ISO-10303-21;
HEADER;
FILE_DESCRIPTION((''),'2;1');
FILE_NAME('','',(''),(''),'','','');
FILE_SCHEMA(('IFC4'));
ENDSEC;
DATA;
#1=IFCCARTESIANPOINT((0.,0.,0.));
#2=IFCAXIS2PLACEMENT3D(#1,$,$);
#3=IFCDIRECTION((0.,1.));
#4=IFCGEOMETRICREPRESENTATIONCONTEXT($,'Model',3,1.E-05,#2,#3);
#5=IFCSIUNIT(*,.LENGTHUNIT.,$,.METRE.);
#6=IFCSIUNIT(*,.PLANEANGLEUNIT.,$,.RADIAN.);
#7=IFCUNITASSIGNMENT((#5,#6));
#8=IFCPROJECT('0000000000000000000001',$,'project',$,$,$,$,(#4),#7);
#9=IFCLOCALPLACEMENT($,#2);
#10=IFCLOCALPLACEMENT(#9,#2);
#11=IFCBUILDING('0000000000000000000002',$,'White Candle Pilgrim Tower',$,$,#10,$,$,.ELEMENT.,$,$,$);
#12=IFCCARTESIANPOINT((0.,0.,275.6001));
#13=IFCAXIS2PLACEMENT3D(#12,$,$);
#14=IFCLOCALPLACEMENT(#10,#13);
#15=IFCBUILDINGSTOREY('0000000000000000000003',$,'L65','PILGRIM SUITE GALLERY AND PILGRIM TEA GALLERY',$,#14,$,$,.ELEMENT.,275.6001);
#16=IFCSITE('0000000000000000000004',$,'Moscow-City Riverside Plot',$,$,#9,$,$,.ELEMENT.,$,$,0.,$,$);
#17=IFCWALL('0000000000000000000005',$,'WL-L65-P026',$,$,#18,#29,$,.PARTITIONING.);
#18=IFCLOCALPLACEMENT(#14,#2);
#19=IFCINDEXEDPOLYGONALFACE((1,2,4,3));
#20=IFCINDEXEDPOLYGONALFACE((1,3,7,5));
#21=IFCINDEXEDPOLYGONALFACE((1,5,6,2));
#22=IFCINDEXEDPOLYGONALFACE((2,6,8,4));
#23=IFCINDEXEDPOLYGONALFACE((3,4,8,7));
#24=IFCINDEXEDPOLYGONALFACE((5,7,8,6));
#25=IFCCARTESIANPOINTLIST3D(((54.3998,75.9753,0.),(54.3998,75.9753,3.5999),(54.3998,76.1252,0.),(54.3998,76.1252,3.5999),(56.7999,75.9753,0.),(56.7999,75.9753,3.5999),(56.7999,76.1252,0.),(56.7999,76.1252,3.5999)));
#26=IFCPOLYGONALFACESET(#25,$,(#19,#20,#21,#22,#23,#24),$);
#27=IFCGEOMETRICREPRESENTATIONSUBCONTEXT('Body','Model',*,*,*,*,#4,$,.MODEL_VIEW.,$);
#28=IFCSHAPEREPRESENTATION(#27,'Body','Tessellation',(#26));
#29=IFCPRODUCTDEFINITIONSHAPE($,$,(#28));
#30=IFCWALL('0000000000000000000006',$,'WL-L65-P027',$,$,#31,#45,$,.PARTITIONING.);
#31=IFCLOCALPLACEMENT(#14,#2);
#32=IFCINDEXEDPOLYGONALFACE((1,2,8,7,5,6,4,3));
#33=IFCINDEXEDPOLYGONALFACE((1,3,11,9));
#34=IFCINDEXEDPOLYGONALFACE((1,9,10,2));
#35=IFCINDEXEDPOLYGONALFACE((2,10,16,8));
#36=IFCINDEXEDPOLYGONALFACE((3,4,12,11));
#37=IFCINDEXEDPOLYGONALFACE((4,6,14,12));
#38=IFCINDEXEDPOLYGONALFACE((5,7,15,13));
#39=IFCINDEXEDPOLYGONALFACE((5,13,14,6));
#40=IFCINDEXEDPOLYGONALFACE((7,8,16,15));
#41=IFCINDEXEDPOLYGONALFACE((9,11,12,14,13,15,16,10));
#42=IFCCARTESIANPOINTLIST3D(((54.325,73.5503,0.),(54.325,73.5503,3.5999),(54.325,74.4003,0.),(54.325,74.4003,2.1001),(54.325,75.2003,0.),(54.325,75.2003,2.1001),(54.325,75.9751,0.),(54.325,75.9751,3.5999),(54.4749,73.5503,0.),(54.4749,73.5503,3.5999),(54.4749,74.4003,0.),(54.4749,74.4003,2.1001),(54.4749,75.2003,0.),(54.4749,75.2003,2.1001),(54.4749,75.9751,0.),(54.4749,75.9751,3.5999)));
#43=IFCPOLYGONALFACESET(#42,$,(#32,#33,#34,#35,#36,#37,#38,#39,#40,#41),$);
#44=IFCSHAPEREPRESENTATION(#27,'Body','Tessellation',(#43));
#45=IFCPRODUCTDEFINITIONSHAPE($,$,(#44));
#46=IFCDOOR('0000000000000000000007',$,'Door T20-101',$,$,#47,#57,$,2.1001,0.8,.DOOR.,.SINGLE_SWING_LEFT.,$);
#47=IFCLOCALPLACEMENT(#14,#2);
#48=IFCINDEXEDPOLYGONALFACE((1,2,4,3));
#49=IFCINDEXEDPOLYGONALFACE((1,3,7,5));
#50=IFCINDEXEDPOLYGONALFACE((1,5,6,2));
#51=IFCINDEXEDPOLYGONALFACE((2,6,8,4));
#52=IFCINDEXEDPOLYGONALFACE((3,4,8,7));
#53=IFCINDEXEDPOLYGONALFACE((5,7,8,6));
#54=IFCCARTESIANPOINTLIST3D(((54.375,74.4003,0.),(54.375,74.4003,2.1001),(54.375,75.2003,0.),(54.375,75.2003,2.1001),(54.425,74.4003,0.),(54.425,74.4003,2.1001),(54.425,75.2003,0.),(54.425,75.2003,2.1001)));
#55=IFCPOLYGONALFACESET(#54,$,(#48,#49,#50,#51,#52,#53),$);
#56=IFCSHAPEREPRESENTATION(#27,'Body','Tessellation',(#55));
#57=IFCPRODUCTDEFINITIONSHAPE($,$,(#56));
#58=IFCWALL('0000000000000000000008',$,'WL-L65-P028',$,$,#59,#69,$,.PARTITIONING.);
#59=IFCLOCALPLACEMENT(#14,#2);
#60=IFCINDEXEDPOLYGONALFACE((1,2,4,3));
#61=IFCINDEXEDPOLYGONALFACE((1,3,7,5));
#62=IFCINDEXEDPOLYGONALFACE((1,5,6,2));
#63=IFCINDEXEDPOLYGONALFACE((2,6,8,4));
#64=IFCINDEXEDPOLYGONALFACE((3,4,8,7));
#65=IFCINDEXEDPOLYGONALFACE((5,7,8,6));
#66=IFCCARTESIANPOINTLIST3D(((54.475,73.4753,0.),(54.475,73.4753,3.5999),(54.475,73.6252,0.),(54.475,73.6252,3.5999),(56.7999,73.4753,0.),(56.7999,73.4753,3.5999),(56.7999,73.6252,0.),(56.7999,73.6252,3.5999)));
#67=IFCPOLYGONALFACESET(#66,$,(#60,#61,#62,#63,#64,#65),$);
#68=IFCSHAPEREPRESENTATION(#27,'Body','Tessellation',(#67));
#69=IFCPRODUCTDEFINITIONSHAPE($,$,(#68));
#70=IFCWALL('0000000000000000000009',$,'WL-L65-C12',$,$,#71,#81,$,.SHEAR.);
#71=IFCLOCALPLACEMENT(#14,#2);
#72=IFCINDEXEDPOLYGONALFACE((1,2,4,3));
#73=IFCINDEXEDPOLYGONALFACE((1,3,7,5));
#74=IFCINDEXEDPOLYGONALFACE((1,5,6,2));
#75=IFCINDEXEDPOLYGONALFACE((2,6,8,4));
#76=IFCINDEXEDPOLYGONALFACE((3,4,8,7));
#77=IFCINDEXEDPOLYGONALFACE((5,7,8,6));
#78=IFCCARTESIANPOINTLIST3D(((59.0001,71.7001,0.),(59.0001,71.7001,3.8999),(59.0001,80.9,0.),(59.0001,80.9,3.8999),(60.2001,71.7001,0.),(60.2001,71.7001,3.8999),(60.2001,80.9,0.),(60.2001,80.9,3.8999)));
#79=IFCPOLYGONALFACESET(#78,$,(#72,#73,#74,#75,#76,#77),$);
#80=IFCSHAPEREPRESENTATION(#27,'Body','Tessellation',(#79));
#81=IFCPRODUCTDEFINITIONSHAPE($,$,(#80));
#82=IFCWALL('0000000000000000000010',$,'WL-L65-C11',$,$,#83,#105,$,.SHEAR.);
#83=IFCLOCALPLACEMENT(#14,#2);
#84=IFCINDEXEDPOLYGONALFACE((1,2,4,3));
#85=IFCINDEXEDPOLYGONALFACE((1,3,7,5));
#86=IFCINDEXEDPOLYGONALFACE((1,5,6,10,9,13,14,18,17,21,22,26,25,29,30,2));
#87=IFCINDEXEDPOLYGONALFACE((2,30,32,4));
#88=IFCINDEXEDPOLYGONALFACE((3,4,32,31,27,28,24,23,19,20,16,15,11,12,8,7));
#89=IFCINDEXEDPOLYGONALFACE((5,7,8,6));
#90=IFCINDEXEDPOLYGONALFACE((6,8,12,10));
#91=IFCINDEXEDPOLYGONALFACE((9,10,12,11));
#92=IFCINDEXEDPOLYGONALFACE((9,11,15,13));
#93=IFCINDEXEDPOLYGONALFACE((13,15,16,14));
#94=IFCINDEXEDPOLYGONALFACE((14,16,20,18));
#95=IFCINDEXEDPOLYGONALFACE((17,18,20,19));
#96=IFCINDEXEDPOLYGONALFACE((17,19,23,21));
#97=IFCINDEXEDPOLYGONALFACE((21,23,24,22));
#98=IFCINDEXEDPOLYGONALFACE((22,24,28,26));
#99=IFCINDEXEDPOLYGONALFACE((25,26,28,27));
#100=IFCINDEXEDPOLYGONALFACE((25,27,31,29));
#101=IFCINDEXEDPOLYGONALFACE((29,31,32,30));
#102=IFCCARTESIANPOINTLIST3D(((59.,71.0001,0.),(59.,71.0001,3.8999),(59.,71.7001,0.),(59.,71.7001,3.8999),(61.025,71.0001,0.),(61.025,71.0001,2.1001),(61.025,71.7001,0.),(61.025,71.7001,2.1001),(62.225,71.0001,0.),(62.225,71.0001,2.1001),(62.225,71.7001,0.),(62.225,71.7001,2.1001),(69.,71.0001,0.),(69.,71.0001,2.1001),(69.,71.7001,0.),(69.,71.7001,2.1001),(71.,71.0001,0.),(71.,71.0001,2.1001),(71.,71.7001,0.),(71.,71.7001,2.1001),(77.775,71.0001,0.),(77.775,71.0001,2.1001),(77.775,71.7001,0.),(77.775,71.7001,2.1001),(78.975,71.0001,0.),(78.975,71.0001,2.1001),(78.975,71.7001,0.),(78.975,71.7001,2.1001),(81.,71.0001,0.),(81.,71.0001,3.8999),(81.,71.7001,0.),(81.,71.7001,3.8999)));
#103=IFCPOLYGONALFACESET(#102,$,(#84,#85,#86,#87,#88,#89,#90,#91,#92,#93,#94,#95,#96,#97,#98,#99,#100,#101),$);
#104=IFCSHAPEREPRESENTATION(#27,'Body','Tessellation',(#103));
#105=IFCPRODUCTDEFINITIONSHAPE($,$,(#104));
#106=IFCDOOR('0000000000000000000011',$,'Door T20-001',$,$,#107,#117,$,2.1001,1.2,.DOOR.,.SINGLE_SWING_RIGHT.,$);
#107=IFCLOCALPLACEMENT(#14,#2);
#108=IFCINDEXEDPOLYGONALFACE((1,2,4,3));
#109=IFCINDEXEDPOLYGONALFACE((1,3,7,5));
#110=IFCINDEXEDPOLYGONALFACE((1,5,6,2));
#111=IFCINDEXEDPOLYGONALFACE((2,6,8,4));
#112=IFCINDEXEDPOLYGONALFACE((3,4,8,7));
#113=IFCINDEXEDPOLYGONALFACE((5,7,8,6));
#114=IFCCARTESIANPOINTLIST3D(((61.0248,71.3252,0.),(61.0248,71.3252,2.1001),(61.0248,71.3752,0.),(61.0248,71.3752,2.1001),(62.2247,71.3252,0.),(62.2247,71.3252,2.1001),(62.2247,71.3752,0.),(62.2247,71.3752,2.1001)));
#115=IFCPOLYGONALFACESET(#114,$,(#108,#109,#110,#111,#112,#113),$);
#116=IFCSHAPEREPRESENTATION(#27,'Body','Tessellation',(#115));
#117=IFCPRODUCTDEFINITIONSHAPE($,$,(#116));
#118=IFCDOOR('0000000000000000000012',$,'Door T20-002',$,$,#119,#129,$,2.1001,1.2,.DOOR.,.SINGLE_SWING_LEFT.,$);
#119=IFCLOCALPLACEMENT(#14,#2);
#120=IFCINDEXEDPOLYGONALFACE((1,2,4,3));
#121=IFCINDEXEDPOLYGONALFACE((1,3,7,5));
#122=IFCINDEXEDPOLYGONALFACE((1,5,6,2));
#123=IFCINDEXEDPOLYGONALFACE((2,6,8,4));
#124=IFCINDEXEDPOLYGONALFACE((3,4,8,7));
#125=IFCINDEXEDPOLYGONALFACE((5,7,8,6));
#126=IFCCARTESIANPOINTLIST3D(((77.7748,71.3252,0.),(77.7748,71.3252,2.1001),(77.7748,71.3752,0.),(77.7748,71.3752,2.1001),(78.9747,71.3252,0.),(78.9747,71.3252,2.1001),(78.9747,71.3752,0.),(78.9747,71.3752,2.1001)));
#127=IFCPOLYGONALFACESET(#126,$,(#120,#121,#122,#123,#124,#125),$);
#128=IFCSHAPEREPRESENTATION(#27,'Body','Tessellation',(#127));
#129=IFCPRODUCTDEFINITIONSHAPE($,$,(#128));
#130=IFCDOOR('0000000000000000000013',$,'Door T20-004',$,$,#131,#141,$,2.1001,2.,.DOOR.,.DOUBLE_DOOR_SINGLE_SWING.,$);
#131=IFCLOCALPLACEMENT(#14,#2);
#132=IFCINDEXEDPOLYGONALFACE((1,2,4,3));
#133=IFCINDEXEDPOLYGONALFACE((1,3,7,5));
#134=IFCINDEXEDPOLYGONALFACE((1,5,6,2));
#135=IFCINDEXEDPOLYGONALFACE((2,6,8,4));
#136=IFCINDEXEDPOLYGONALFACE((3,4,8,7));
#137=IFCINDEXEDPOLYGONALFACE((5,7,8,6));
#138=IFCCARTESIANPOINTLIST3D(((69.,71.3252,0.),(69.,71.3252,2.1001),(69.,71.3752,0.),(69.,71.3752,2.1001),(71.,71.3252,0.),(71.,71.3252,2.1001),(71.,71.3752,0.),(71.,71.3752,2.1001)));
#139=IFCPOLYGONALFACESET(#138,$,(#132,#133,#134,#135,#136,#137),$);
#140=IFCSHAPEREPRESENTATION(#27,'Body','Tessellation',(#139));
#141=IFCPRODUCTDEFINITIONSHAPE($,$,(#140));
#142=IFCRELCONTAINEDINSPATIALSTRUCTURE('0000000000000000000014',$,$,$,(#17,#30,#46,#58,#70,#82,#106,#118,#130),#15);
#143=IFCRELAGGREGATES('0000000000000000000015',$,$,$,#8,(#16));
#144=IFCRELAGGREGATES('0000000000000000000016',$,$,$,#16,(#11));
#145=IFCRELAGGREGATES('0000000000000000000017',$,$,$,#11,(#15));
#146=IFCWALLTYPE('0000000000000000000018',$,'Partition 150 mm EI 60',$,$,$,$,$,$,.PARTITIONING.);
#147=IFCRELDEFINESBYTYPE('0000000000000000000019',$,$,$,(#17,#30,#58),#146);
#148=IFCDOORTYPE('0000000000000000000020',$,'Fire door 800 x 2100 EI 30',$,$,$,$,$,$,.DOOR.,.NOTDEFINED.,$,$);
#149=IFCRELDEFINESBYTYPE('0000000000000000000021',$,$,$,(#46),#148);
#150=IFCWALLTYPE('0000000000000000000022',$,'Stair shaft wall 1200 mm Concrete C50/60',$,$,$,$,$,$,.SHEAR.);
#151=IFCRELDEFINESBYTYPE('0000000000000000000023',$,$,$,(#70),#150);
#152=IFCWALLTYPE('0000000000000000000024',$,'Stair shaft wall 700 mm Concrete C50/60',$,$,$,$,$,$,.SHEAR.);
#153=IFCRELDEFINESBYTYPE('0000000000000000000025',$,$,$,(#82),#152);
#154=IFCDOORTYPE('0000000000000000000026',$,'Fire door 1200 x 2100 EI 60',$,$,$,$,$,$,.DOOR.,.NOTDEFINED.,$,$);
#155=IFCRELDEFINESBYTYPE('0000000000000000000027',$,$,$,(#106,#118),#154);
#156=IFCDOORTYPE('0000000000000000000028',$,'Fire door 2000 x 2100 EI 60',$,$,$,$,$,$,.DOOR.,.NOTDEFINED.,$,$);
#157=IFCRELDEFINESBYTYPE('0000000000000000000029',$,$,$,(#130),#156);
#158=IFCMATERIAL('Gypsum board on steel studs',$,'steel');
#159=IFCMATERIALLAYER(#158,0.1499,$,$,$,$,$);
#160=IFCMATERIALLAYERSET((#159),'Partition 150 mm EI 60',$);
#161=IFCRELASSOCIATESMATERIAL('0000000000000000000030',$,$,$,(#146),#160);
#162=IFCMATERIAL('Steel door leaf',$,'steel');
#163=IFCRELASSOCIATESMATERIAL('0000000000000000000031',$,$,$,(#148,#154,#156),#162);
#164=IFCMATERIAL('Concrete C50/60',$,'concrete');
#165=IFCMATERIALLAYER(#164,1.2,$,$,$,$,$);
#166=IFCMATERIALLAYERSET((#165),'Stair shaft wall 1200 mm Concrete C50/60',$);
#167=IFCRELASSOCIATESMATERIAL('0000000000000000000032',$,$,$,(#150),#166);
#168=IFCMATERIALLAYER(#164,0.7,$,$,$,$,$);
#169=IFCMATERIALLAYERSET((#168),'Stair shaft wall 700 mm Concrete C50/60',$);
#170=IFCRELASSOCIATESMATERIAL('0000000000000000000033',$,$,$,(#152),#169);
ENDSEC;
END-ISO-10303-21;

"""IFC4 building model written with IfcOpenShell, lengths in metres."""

from ifc_helpers import new_model, si_unit, direction, frame, frame_2d, origin, place, context, subcontext, project, spatial, rectangle, extrude, material, layer, layer_set, type_object, element, fill, save


model = new_model("IFC4")

# Units and contexts
model_context = context("Model", 3, precision=1e-05, world=origin(), true_north=direction((0.0, 1.0)))
body_context = subcontext(model_context, "Body", "Model", "MODEL_VIEW")
ifc_project = project(units=[si_unit("LENGTHUNIT", "METRE"), si_unit("PLANEANGLEUNIT", "RADIAN")], contexts=[model_context])

# Site, building, storey
site_placement = place(None, origin())
site = spatial("IfcSite", under=ifc_project, at=site_placement, Name="Moscow-City Riverside Plot", CompositionType="ELEMENT", RefElevation=0.0)
building_placement = place(site_placement, origin())
building = spatial("IfcBuilding", under=site, at=building_placement, Name="White Candle Pilgrim Tower", CompositionType="ELEMENT")
storey_placement = place(building_placement, frame((0.0, 0.0, 275.6001)))
storey = spatial("IfcBuildingStorey", under=building, at=storey_placement, Name="L65", Description="PILGRIM SUITE GALLERY AND PILGRIM TEA GALLERY", CompositionType="ELEMENT", Elevation=275.6001)

# Shared definitions
ifc_material_1 = material(Name="Concrete C50/60", Category="concrete")

# Shared definitions
ifc_material_2 = material(Name="Gypsum board on steel studs", Category="steel")
ifc_layer_1 = layer(ifc_material_2, 0.1499)
ifc_layer_set_1 = layer_set([ifc_layer_1], Name="Partition 150 mm EI 60")
wall_type_1 = type_object("IfcWallType", Name="Partition 150 mm EI 60", PredefinedType="PARTITIONING", material=ifc_layer_set_1)
ifc_material_3 = material(Name="Steel door leaf", Category="steel")

# Wall
wall_1_placement = place(storey_placement, frame((56.8, 76.0503, 0.0), z_axis=(0.0, 0.0, 1.0), x_axis=(-1.0, 0.0, 0.0)))
element("IfcWall", 1, at=wall_1_placement, inside=storey, type_object=wall_type_1, Name="WL-L65-P026", PredefinedType="PARTITIONING", context=body_context, shape_type="SweptSolid", body=[
    extrude(rectangle(XDim=2.4001, YDim=0.1499, at=frame_2d((1.2002, 0.0))), origin(), (0.0, 0.0, 1.0), 3.5999),
])

# Wall, opening, door
wall_2_placement = place(storey_placement, frame((54.3999, 73.5503, 0.0), z_axis=(0.0, 0.0, 1.0), x_axis=(0.0, 1.0, 0.0)))
wall_2 = element("IfcWall", 2, at=wall_2_placement, inside=storey, type_object=wall_type_1, Name="WL-L65-P027", PredefinedType="PARTITIONING", context=body_context, shape_type="SweptSolid", body=[
    extrude(rectangle(XDim=2.4248, YDim=0.1499, at=frame_2d((1.2124, 0.0))), origin(), (0.0, 0.0, 1.0), 3.5999),
])
opening_1_placement = place(wall_2_placement, frame((0.8501, 0.0, 0.0)))
opening_1 = element("IfcOpeningElement", 3, at=opening_1_placement, cuts=wall_2, PredefinedType="OPENING", context=body_context, shape_type="SweptSolid", body=[
    extrude(rectangle(XDim=0.8, YDim=2.1001, at=frame_2d((0.3999, 1.05))), frame((0.0, 0.085, 0.0), z_axis=(0.0, -1.0, 0.0), x_axis=(1.0, 0.0, 0.0)), (0.0, 0.0, 1.0), 0.1699),
])
door_type_1 = type_object("IfcDoorType", Name="Fire door 800 x 2100 EI 30", OperationType="NOTDEFINED", PredefinedType="DOOR", material=ifc_material_3)
door_1_placement = place(opening_1_placement, origin())
door_1 = element("IfcDoor", 4, at=door_1_placement, inside=storey, type_object=door_type_1, Name="Door T20-101", OperationType="SINGLE_SWING_LEFT", OverallHeight=2.1001, OverallWidth=0.8, PredefinedType="DOOR", context=body_context, shape_type="SweptSolid", body=[
    extrude(rectangle(XDim=0.8, YDim=2.1001, at=frame_2d((0.3999, 1.05))), frame((0.0, 0.0249, 0.0), z_axis=(0.0, -1.0, 0.0), x_axis=(1.0, 0.0, 0.0)), (0.0, 0.0, 1.0), 0.05),
])
fill(opening_1, door_1)

# Walls
wall_3_placement = place(storey_placement, frame((56.8, 73.5503, 0.0), z_axis=(0.0, 0.0, 1.0), x_axis=(-1.0, 0.0, 0.0)))
element("IfcWall", 5, at=wall_3_placement, inside=storey, type_object=wall_type_1, Name="WL-L65-P028", PredefinedType="PARTITIONING", context=body_context, shape_type="SweptSolid", body=[
    extrude(rectangle(XDim=2.325, YDim=0.1499, at=frame_2d((1.1626, 0.0))), origin(), (0.0, 0.0, 1.0), 3.5999),
])
ifc_layer_2 = layer(ifc_material_1, 1.2)
ifc_layer_set_2 = layer_set([ifc_layer_2], Name="Stair shaft wall 1200 mm Concrete C50/60")
wall_type_2 = type_object("IfcWallType", Name="Stair shaft wall 1200 mm Concrete C50/60", PredefinedType="SHEAR", material=ifc_layer_set_2)
wall_4_placement = place(storey_placement, frame((59.6001, 71.7, 0.0), z_axis=(0.0, 0.0, 1.0), x_axis=(0.0, 1.0, 0.0)))
element("IfcWall", 6, at=wall_4_placement, inside=storey, type_object=wall_type_2, Name="WL-L65-C12", PredefinedType="SHEAR", context=body_context, shape_type="SweptSolid", body=[
    extrude(rectangle(XDim=9.2, YDim=1.2, at=frame_2d((4.6001, 0.0))), origin(), (0.0, 0.0, 1.0), 3.8999),
])

# Wall, openings, doors
ifc_layer_3 = layer(ifc_material_1, 0.7)
ifc_layer_set_3 = layer_set([ifc_layer_3], Name="Stair shaft wall 700 mm Concrete C50/60")
wall_type_3 = type_object("IfcWallType", Name="Stair shaft wall 700 mm Concrete C50/60", PredefinedType="SHEAR", material=ifc_layer_set_3)
wall_5_placement = place(storey_placement, frame((59.0, 71.3501, 0.0), z_axis=(0.0, 0.0, 1.0), x_axis=(1.0, 0.0, 0.0)))
wall_5 = element("IfcWall", 7, at=wall_5_placement, inside=storey, type_object=wall_type_3, Name="WL-L65-C11", PredefinedType="SHEAR", context=body_context, shape_type="SweptSolid", body=[
    extrude(rectangle(XDim=22.0, YDim=0.7, at=frame_2d((11.0, 0.0))), origin(), (0.0, 0.0, 1.0), 3.8999),
])
opening_2_placement = place(wall_5_placement, frame((2.0249, 0.0, 0.0)))
opening_2 = element("IfcOpeningElement", 8, at=opening_2_placement, cuts=wall_5, PredefinedType="OPENING", context=body_context, shape_type="SweptSolid", body=[
    extrude(rectangle(XDim=1.2, YDim=2.1001, at=frame_2d((0.6001, 1.05))), frame((0.0, 0.3599, 0.0), z_axis=(0.0, -1.0, 0.0), x_axis=(1.0, 0.0, 0.0)), (0.0, 0.0, 1.0), 0.72),
])
opening_3_placement = place(wall_5_placement, frame((18.7749, 0.0, 0.0)))
opening_3 = element("IfcOpeningElement", 9, at=opening_3_placement, cuts=wall_5, PredefinedType="OPENING", context=body_context, shape_type="SweptSolid", body=[
    extrude(rectangle(XDim=1.2, YDim=2.1001, at=frame_2d((0.6001, 1.05))), frame((0.0, 0.3599, 0.0), z_axis=(0.0, -1.0, 0.0), x_axis=(1.0, 0.0, 0.0)), (0.0, 0.0, 1.0), 0.72),
])
opening_4_placement = place(wall_5_placement, frame((10.0, 0.0, 0.0)))
opening_4 = element("IfcOpeningElement", 10, at=opening_4_placement, cuts=wall_5, PredefinedType="OPENING", context=body_context, shape_type="SweptSolid", body=[
    extrude(rectangle(XDim=2.0, YDim=2.1001, at=frame_2d((1.0, 1.05))), frame((0.0, 0.3599, 0.0), z_axis=(0.0, -1.0, 0.0), x_axis=(1.0, 0.0, 0.0)), (0.0, 0.0, 1.0), 0.72),
])
door_type_2 = type_object("IfcDoorType", Name="Fire door 1200 x 2100 EI 60", OperationType="NOTDEFINED", PredefinedType="DOOR", material=ifc_material_3)
door_2_placement = place(opening_2_placement, frame((1.2, 0.0, 0.0), z_axis=(0.0, 0.0, 1.0), x_axis=(-1.0, 0.0, 0.0)))
door_2 = element("IfcDoor", 11, at=door_2_placement, inside=storey, type_object=door_type_2, Name="Door T20-001", OperationType="SINGLE_SWING_RIGHT", OverallHeight=2.1001, OverallWidth=1.2, PredefinedType="DOOR", context=body_context, shape_type="SweptSolid", body=[
    extrude(rectangle(XDim=1.2, YDim=2.1001, at=frame_2d((0.6001, 1.05))), frame((0.0, 0.0249, 0.0), z_axis=(0.0, -1.0, 0.0), x_axis=(1.0, 0.0, 0.0)), (0.0, 0.0, 1.0), 0.05),
])
fill(opening_2, door_2)
door_3_placement = place(opening_3_placement, frame((1.2, 0.0, 0.0), z_axis=(0.0, 0.0, 1.0), x_axis=(-1.0, 0.0, 0.0)))
door_3 = element("IfcDoor", 12, at=door_3_placement, inside=storey, type_object=door_type_2, Name="Door T20-002", OperationType="SINGLE_SWING_LEFT", OverallHeight=2.1001, OverallWidth=1.2, PredefinedType="DOOR", context=body_context, shape_type="SweptSolid", body=[
    extrude(rectangle(XDim=1.2, YDim=2.1001, at=frame_2d((0.6001, 1.05))), frame((0.0, 0.0249, 0.0), z_axis=(0.0, -1.0, 0.0), x_axis=(1.0, 0.0, 0.0)), (0.0, 0.0, 1.0), 0.05),
])
fill(opening_3, door_3)
door_type_3 = type_object("IfcDoorType", Name="Fire door 2000 x 2100 EI 60", OperationType="NOTDEFINED", PredefinedType="DOOR", material=ifc_material_3)
door_4_placement = place(opening_4_placement, frame((2.0, 0.0, 0.0), z_axis=(0.0, 0.0, 1.0), x_axis=(-1.0, 0.0, 0.0)))
door_4 = element("IfcDoor", 13, at=door_4_placement, inside=storey, type_object=door_type_3, Name="Door T20-004", OperationType="DOUBLE_DOOR_SINGLE_SWING", OverallHeight=2.1001, OverallWidth=2.0, PredefinedType="DOOR", context=body_context, shape_type="SweptSolid", body=[
    extrude(rectangle(XDim=2.0, YDim=2.1001, at=frame_2d((1.0, 1.05))), frame((0.0, 0.0249, 0.0), z_axis=(0.0, -1.0, 0.0), x_axis=(1.0, 0.0, 0.0)), (0.0, 0.0, 1.0), 0.05),
])
fill(opening_4, door_4)

save(model, "model.ifc")
